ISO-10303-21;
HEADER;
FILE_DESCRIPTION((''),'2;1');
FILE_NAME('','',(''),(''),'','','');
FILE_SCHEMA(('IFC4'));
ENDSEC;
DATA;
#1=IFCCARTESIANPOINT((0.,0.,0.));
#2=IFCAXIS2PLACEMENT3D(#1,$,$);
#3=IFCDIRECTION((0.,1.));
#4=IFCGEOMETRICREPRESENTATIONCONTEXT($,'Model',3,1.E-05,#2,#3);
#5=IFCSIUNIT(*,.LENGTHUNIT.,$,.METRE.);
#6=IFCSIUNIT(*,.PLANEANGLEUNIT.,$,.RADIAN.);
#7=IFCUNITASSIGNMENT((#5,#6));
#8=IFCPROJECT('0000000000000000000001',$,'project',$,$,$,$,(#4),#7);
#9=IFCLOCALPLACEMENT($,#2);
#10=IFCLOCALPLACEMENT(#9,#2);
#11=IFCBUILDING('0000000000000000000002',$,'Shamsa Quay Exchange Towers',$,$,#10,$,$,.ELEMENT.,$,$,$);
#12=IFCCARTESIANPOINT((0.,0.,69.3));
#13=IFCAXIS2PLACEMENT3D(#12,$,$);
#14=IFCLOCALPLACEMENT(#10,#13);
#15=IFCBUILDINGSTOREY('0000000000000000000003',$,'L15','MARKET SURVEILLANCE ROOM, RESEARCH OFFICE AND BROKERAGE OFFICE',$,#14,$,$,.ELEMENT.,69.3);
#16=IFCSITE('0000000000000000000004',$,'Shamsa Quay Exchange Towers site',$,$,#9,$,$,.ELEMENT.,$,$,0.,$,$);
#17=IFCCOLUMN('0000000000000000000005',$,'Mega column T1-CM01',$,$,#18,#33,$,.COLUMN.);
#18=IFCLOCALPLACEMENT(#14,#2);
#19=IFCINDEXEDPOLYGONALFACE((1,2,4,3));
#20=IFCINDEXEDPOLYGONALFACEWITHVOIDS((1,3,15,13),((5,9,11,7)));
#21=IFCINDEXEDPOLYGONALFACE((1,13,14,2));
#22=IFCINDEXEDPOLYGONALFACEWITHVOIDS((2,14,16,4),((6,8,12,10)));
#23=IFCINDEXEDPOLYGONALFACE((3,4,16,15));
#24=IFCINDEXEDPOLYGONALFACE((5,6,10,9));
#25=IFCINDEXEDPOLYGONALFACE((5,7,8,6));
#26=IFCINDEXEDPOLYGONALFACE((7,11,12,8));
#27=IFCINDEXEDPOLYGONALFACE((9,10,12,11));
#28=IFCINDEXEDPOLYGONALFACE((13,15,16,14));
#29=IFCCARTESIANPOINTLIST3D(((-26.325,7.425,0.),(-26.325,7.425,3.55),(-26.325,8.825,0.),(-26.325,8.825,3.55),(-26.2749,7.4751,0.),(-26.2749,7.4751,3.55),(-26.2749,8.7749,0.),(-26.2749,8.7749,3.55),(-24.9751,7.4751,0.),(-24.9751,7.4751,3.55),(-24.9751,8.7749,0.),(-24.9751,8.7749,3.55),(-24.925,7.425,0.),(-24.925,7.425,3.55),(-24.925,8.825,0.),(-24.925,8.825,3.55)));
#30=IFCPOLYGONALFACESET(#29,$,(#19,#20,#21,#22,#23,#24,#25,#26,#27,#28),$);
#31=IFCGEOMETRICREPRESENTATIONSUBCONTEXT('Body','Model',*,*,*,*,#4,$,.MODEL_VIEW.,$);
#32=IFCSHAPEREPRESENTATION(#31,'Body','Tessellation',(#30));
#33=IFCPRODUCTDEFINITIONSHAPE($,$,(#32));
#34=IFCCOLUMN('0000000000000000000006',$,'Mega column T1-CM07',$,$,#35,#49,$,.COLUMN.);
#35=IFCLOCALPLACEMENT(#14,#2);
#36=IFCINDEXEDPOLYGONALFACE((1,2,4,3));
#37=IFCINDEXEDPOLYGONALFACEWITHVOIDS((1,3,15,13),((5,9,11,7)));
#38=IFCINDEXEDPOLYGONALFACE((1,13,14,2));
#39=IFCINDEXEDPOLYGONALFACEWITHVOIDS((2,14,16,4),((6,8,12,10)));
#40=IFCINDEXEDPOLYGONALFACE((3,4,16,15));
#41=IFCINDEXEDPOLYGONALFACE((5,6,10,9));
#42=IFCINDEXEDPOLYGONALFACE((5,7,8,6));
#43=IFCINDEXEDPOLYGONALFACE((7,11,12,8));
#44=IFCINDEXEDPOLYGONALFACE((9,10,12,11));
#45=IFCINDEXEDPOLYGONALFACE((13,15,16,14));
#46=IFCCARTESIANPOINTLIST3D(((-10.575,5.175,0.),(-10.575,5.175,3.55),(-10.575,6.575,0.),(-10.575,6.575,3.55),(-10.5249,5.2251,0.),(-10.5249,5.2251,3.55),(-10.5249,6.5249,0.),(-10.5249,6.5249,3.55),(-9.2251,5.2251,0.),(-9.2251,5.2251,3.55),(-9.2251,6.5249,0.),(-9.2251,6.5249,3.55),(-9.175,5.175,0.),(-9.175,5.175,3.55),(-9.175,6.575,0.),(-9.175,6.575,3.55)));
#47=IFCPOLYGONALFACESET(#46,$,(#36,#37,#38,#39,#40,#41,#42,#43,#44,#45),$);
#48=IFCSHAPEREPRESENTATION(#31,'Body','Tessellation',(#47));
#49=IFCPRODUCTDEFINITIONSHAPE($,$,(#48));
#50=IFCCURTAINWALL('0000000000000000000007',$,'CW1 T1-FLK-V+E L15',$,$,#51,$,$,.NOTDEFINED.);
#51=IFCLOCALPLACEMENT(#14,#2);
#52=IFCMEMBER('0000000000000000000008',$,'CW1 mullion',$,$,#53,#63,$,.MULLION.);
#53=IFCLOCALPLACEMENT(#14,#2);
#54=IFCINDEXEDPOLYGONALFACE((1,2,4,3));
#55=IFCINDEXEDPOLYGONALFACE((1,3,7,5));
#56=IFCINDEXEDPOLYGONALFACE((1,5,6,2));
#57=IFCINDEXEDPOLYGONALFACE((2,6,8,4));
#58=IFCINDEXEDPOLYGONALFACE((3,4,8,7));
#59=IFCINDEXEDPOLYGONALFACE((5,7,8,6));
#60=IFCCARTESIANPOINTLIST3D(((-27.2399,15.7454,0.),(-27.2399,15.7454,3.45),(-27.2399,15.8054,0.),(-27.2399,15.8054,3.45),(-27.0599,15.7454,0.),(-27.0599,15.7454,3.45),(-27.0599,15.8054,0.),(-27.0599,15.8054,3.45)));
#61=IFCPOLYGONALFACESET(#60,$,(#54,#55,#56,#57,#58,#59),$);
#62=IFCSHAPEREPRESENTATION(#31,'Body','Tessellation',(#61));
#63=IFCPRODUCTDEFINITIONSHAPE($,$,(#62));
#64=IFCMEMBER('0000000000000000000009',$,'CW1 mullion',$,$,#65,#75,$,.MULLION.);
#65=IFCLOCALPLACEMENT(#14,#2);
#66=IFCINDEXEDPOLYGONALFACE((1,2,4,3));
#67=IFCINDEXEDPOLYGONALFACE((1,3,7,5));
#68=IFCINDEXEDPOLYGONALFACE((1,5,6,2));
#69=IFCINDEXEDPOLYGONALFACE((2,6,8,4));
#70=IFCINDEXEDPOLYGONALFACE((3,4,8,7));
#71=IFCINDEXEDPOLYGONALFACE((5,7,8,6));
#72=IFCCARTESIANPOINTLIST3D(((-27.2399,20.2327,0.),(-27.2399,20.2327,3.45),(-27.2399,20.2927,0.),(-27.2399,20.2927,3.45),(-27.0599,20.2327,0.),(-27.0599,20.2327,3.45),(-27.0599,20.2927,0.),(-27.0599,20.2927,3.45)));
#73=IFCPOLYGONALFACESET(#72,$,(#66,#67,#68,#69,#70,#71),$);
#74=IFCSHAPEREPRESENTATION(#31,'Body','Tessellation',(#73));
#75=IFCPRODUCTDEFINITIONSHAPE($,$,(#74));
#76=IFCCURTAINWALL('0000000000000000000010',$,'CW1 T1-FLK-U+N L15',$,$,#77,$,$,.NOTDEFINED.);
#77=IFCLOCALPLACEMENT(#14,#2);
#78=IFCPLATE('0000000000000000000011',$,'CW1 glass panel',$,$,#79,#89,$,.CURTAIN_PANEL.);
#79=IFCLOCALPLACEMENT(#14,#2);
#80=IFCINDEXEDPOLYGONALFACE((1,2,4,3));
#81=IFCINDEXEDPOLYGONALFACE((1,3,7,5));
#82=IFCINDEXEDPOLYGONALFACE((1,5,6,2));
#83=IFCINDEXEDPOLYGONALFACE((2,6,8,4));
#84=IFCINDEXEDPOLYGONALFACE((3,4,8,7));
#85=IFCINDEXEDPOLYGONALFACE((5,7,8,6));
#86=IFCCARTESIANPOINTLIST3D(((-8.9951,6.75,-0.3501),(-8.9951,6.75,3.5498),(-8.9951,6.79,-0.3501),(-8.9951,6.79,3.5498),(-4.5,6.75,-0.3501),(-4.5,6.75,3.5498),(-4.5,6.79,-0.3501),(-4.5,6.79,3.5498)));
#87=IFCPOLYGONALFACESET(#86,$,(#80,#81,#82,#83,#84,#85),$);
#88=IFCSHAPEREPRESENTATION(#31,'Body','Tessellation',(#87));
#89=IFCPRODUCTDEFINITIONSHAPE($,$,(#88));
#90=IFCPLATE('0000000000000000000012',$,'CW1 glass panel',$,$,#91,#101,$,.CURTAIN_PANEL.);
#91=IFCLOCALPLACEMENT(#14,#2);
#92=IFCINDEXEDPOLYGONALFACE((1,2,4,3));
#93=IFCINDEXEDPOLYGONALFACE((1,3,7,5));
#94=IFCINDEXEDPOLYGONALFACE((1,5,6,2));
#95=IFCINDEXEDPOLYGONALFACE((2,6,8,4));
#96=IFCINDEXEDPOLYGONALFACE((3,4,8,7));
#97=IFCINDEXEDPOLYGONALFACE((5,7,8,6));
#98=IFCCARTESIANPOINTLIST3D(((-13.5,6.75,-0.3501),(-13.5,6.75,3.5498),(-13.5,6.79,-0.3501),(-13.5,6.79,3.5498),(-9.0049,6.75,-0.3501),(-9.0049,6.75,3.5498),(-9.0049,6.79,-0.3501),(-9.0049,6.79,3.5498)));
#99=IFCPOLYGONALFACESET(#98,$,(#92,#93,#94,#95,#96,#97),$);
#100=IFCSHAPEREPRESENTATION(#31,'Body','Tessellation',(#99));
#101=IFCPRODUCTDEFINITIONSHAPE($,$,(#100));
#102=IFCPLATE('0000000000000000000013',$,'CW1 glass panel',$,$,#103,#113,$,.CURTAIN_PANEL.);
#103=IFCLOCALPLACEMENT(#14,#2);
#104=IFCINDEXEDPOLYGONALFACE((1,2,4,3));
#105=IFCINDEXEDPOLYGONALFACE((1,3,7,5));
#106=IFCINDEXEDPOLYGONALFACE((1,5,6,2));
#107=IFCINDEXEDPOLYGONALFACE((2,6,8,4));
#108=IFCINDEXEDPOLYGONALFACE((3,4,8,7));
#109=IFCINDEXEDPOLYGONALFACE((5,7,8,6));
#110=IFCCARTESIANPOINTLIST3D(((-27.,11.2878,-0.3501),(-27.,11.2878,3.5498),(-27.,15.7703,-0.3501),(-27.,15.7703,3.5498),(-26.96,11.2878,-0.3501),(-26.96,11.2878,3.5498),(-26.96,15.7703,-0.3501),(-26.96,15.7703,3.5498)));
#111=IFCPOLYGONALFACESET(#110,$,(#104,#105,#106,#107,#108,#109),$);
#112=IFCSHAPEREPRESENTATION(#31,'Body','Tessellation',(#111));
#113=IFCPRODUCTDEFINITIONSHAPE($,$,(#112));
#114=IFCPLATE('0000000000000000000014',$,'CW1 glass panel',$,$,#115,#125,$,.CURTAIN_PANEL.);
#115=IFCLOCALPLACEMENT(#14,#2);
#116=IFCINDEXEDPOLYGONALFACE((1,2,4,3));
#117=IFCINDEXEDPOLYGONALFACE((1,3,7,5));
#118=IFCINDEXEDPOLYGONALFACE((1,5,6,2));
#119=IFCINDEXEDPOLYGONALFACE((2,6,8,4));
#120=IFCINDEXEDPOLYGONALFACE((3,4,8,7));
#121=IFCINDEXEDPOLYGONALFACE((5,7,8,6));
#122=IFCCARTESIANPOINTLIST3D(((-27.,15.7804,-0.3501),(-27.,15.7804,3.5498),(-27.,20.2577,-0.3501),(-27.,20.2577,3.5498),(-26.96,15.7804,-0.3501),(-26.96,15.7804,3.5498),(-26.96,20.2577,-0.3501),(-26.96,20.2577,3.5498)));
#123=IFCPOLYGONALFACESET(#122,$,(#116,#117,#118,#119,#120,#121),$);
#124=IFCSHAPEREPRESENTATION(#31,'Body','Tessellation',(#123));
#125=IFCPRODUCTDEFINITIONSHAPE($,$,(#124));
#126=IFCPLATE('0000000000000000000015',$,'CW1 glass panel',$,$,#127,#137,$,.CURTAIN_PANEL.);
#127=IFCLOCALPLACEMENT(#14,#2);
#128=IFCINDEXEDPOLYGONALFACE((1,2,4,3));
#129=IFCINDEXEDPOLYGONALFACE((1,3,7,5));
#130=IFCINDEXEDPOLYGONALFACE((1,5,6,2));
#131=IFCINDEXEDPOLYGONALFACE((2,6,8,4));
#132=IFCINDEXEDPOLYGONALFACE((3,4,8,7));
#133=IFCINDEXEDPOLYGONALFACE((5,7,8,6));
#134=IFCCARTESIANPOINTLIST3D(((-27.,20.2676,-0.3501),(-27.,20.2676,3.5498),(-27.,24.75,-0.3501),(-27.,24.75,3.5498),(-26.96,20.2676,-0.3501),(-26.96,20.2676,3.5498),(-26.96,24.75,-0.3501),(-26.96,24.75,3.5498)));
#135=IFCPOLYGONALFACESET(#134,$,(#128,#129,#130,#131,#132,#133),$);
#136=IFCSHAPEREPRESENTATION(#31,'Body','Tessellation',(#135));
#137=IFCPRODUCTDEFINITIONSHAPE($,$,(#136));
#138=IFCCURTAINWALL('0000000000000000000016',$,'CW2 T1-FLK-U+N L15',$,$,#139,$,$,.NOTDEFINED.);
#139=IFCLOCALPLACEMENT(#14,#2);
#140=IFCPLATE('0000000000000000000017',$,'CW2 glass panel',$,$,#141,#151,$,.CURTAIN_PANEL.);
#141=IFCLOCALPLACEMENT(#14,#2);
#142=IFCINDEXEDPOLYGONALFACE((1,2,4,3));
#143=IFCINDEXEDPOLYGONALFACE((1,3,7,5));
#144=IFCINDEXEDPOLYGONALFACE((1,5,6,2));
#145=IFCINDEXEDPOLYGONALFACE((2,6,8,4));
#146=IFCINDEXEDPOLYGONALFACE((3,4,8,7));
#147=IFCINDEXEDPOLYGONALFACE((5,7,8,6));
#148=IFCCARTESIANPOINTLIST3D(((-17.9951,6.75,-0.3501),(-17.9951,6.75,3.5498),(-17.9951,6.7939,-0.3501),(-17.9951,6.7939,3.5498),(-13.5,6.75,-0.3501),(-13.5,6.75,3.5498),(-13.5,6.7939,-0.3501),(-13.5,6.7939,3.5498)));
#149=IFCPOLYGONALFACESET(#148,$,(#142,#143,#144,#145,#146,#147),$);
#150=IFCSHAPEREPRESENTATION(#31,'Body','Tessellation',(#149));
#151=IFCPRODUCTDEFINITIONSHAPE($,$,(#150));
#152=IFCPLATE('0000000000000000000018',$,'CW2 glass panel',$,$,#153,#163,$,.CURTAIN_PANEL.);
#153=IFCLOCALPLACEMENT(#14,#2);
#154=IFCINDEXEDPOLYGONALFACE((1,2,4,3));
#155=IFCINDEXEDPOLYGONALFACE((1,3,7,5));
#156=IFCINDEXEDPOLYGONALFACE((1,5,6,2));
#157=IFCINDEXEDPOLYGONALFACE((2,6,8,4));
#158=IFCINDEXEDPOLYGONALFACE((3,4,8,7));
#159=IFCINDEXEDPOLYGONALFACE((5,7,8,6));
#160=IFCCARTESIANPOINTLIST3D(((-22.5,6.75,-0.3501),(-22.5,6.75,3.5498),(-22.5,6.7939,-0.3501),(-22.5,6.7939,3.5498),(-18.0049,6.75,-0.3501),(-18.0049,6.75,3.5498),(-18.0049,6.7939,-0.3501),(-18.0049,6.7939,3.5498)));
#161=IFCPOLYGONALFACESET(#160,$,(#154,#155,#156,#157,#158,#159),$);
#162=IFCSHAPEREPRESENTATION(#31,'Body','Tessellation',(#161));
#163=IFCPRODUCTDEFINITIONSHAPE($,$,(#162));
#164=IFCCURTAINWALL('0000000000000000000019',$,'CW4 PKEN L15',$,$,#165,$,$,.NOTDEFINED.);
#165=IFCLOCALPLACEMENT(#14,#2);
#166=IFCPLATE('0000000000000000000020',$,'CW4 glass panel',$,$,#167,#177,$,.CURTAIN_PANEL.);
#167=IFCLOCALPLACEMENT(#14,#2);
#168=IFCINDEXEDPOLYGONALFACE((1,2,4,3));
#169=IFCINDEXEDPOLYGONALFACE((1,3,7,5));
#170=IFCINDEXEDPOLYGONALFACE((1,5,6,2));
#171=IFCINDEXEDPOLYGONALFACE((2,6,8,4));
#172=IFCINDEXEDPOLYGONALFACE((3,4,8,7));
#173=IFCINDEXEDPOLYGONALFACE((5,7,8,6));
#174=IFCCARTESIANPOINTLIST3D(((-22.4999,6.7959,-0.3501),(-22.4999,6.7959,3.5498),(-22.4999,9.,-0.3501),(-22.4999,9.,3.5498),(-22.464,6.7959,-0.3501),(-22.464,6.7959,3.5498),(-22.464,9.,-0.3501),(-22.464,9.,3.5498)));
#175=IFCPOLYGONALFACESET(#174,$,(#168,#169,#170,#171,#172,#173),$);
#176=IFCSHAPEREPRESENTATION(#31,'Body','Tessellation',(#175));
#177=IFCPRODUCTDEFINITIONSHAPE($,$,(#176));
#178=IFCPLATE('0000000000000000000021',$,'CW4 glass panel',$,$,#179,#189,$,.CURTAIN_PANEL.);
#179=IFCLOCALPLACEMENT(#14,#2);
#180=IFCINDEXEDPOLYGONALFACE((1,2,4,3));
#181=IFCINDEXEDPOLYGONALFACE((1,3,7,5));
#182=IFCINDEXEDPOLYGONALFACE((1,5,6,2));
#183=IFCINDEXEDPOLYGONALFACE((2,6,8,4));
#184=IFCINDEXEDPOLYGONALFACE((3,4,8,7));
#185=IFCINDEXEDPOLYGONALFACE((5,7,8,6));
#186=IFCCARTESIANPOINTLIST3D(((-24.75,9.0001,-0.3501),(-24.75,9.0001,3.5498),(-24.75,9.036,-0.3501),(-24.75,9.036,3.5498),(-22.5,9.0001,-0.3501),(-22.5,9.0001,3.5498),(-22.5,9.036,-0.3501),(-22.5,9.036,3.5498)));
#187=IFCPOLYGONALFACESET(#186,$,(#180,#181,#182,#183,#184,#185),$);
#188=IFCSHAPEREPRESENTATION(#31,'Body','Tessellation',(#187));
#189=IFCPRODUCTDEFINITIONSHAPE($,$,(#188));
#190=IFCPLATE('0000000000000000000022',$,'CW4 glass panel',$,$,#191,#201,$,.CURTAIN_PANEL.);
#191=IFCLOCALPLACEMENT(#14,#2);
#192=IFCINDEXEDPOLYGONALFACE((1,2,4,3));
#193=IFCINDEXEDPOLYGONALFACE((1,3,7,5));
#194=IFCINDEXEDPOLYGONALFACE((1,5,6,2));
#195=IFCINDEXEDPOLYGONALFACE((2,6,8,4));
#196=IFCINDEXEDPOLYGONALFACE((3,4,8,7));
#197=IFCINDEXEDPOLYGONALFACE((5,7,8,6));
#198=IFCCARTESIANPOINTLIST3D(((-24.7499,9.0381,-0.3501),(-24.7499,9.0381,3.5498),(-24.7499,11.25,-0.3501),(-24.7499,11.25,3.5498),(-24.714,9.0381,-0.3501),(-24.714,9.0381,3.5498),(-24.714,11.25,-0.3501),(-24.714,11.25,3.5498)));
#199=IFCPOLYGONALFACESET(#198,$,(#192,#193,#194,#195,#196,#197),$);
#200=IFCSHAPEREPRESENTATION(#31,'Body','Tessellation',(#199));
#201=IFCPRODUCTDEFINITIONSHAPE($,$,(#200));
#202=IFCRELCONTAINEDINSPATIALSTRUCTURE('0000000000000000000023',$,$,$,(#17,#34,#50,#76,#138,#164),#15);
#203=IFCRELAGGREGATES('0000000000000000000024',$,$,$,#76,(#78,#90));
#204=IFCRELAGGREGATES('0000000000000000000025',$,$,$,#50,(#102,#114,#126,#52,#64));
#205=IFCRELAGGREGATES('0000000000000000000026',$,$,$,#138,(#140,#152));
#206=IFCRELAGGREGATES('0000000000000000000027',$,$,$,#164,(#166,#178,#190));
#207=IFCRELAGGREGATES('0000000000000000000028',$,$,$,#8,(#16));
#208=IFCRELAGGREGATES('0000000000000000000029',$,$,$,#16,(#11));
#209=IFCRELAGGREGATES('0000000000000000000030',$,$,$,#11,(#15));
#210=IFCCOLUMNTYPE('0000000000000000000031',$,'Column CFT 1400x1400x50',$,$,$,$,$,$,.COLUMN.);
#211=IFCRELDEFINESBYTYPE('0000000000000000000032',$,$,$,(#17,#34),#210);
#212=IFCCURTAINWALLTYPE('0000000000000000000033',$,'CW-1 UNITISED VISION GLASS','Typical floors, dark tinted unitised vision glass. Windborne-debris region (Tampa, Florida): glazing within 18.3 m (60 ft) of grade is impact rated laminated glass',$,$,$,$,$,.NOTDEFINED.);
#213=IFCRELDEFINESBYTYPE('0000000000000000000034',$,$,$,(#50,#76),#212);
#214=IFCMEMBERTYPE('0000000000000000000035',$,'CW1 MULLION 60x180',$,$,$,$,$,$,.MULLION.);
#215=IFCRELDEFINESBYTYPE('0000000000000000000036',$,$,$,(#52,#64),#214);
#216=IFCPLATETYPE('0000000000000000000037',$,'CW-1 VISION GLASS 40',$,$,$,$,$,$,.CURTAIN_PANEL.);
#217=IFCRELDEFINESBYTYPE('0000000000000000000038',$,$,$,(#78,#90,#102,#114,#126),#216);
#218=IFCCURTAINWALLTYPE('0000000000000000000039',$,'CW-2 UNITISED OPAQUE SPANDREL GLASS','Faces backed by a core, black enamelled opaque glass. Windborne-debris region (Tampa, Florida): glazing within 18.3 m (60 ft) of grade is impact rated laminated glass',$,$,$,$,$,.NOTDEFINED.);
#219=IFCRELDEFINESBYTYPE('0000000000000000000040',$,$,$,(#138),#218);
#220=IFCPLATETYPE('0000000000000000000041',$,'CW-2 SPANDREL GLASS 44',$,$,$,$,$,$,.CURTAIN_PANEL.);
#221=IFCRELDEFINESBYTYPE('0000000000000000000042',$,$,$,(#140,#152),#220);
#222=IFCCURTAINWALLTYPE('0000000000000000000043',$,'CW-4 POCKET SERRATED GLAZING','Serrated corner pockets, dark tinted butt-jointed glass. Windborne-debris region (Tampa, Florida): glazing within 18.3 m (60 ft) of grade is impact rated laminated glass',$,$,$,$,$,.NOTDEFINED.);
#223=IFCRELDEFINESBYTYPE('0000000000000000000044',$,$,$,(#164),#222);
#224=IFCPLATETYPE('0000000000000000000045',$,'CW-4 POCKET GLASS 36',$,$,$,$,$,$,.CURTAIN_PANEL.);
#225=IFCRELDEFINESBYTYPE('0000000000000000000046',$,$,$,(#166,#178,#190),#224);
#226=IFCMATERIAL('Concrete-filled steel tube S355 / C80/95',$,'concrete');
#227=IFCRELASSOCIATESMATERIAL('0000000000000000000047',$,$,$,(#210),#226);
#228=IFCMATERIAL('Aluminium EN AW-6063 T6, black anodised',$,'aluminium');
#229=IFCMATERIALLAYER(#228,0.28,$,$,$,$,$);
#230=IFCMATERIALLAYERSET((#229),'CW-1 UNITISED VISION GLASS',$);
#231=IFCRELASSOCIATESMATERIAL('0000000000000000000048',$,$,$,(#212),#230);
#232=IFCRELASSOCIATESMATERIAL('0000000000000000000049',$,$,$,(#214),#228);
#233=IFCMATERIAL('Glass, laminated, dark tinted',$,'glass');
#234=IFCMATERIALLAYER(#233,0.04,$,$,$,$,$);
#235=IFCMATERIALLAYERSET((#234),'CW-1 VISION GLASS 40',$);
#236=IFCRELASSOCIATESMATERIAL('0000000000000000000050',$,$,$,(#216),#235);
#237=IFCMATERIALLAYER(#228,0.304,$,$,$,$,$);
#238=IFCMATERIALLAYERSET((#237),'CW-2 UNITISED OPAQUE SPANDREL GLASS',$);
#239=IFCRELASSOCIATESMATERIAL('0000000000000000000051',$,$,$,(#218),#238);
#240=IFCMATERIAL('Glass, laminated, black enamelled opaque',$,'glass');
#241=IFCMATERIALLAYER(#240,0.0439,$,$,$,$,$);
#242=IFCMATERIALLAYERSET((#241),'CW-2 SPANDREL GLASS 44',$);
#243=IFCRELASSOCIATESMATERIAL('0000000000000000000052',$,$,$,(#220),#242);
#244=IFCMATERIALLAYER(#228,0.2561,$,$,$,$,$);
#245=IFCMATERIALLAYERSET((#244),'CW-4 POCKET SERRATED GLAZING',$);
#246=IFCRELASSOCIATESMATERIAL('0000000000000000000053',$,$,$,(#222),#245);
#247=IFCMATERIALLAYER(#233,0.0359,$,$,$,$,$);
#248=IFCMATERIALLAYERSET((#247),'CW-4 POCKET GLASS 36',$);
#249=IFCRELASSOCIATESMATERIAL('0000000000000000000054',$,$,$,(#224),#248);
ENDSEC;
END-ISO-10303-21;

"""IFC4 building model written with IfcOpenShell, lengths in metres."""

from ifc_helpers import new_model, si_unit, direction, frame, origin, origin_2d, place, context, subcontext, project, spatial, rectangle, hollow_rectangle, extrude, material, layer, layer_set, material_profile, profile_set, type_object, element, aggregate, save


model = new_model("IFC4")

# Units and contexts
model_context = context("Model", 3, precision=1e-05, world=origin(), true_north=direction((0.0, 1.0)))
body_context = subcontext(model_context, "Body", "Model", "MODEL_VIEW")
ifc_project = project(units=[si_unit("LENGTHUNIT", "METRE"), si_unit("PLANEANGLEUNIT", "RADIAN")], contexts=[model_context])

# Site, building, storey
site_placement = place(None, origin())
site = spatial("IfcSite", under=ifc_project, at=site_placement, Name="Shamsa Quay Exchange Towers site", CompositionType="ELEMENT", RefElevation=0.0)
building_placement = place(site_placement, origin())
building = spatial("IfcBuilding", under=site, at=building_placement, Name="Shamsa Quay Exchange Towers", CompositionType="ELEMENT")
storey_placement = place(building_placement, frame((0.0, 0.0, 69.3)))
storey = spatial("IfcBuildingStorey", under=building, at=storey_placement, Name="L15", Description="MARKET SURVEILLANCE ROOM, RESEARCH OFFICE AND BROKERAGE OFFICE", CompositionType="ELEMENT", Elevation=69.3)

# Columns
ifc_material_1 = material(Name="Concrete-filled steel tube S355 / C80/95", Category="concrete")
ifc_material_profile_1 = material_profile(ifc_material_1, hollow_rectangle(XDim=1.3999, YDim=1.3999, WallThickness=0.05, at=origin_2d()), Name="CFT 1400x1400x50")
ifc_profile_set_1 = profile_set([ifc_material_profile_1], Name="Concrete-filled steel tube S355 / C80/95")
column_type = type_object("IfcColumnType", Name="Column CFT 1400x1400x50", PredefinedType="COLUMN", material=ifc_profile_set_1)
for number, where, name in (
    (1, (-25.625, 8.125, 0.0), "Mega column T1-CM01"),
    (2, (-9.875, 5.875, 0.0), "Mega column T1-CM07"),
):
    element("IfcColumn", number, at=place(storey_placement, frame(where)), inside=storey, type_object=column_type, Name=name, PredefinedType="COLUMN", context=body_context, shape_type="SweptSolid", body=[
        extrude(hollow_rectangle(XDim=1.3999, YDim=1.3999, WallThickness=0.05, at=origin_2d()), origin(), (0.0, 0.0, 1.0), 3.55),
    ])

# Curtain wall, members
ifc_material_2 = material(Name="Aluminium EN AW-6063 T6, black anodised", Category="aluminium")
ifc_layer_1 = layer(ifc_material_2, 0.28)
ifc_layer_set_1 = layer_set([ifc_layer_1], Name="CW-1 UNITISED VISION GLASS")
curtain_wall_type_1 = type_object("IfcCurtainWallType", Name="CW-1 UNITISED VISION GLASS", Description="Typical floors, dark tinted unitised vision glass. Windborne-debris region (Tampa, Florida): glazing within 18.3 m (60 ft) of grade is impact rated laminated glass", PredefinedType="NOTDEFINED", material=ifc_layer_set_1)
curtain_wall_1_placement = place(storey_placement, origin())
curtain_wall_1 = element("IfcCurtainWall", 3, at=curtain_wall_1_placement, inside=storey, type_object=curtain_wall_type_1, Name="CW1 T1-FLK-V+E L15", PredefinedType="NOTDEFINED")
ifc_material_profile_2 = material_profile(ifc_material_2, rectangle(XDim=0.1799, YDim=0.0601, at=origin_2d()), Name="MU60x180")
ifc_profile_set_2 = profile_set([ifc_material_profile_2], Name="Aluminium EN AW-6063 T6, black anodised")
member_type = type_object("IfcMemberType", Name="CW1 MULLION 60x180", PredefinedType="MULLION", material=ifc_profile_set_2)
member_1_placement = place(storey_placement, frame((-27.1499, 15.7754, 0.0), z_axis=(0.0, 0.0, 1.0), x_axis=(-1.0, 0.0, 0.0)))
member_1 = element("IfcMember", 4, at=member_1_placement, type_object=member_type, Name="CW1 mullion", PredefinedType="MULLION", context=body_context, shape_type="SweptSolid", body=[
    extrude(rectangle(XDim=0.1799, YDim=0.0601, at=origin_2d()), origin(), (0.0, 0.0, 1.0), 3.45),
])
member_2_placement = place(storey_placement, frame((-27.1499, 20.2627, 0.0), z_axis=(0.0, 0.0, 1.0), x_axis=(-1.0, 0.0, 0.0)))
member_2 = element("IfcMember", 5, at=member_2_placement, type_object=member_type, Name="CW1 mullion", PredefinedType="MULLION", context=body_context, shape_type="SweptSolid", body=[
    extrude(rectangle(XDim=0.1799, YDim=0.0601, at=origin_2d()), origin(), (0.0, 0.0, 1.0), 3.45),
])

# Curtain wall, plates
curtain_wall_2_placement = place(storey_placement, origin())
curtain_wall_2 = element("IfcCurtainWall", 6, at=curtain_wall_2_placement, inside=storey, type_object=curtain_wall_type_1, Name="CW1 T1-FLK-U+N L15", PredefinedType="NOTDEFINED")
ifc_material_3 = material(Name="Glass, laminated, dark tinted", Category="glass")
ifc_layer_2 = layer(ifc_material_3, 0.04)
ifc_layer_set_2 = layer_set([ifc_layer_2], Name="CW-1 VISION GLASS 40")
plate_type_1 = type_object("IfcPlateType", Name="CW-1 VISION GLASS 40", PredefinedType="CURTAIN_PANEL", material=ifc_layer_set_2)
plate_1_placement = place(storey_placement, frame((-6.7476, 6.77, -0.3501), z_axis=(0.0, 0.0, 1.0), x_axis=(-1.0, 0.0, 0.0)))
plate_1 = element("IfcPlate", 7, at=plate_1_placement, type_object=plate_type_1, Name="CW1 glass panel", PredefinedType="CURTAIN_PANEL", context=body_context, shape_type="SweptSolid", body=[
    extrude(rectangle(XDim=4.4951, YDim=0.04, at=origin_2d()), origin(), (0.0, 0.0, 1.0), 3.8999),
])
plate_2_placement = place(storey_placement, frame((-11.2524, 6.77, -0.3501), z_axis=(0.0, 0.0, 1.0), x_axis=(-1.0, 0.0, 0.0)))
plate_2 = element("IfcPlate", 8, at=plate_2_placement, type_object=plate_type_1, Name="CW1 glass panel", PredefinedType="CURTAIN_PANEL", context=body_context, shape_type="SweptSolid", body=[
    extrude(rectangle(XDim=4.4951, YDim=0.04, at=origin_2d()), origin(), (0.0, 0.0, 1.0), 3.8999),
])
aggregate(curtain_wall_2, [plate_1, plate_2])

# Plates
plate_3_placement = place(storey_placement, frame((-26.98, 13.5291, -0.3501), z_axis=(0.0, 0.0, 1.0), x_axis=(0.0, 1.0, 0.0)))
plate_3 = element("IfcPlate", 9, at=plate_3_placement, type_object=plate_type_1, Name="CW1 glass panel", PredefinedType="CURTAIN_PANEL", context=body_context, shape_type="SweptSolid", body=[
    extrude(rectangle(XDim=4.4824, YDim=0.04, at=origin_2d()), origin(), (0.0, 0.0, 1.0), 3.8999),
])
plate_4_placement = place(storey_placement, frame((-26.98, 18.019, -0.3501), z_axis=(0.0, 0.0, 1.0), x_axis=(0.0, 1.0, 0.0)))
plate_4 = element("IfcPlate", 10, at=plate_4_placement, type_object=plate_type_1, Name="CW1 glass panel", PredefinedType="CURTAIN_PANEL", context=body_context, shape_type="SweptSolid", body=[
    extrude(rectangle(XDim=4.4773, YDim=0.04, at=origin_2d()), origin(), (0.0, 0.0, 1.0), 3.8999),
])
plate_5_placement = place(storey_placement, frame((-26.98, 22.5088, -0.3501), z_axis=(0.0, 0.0, 1.0), x_axis=(0.0, 1.0, 0.0)))
plate_5 = element("IfcPlate", 11, at=plate_5_placement, type_object=plate_type_1, Name="CW1 glass panel", PredefinedType="CURTAIN_PANEL", context=body_context, shape_type="SweptSolid", body=[
    extrude(rectangle(XDim=4.4824, YDim=0.04, at=origin_2d()), origin(), (0.0, 0.0, 1.0), 3.8999),
])
aggregate(curtain_wall_1, [plate_3, plate_4, plate_5, member_1, member_2])

# Curtain walls, plates
ifc_layer_3 = layer(ifc_material_2, 0.304)
ifc_layer_set_3 = layer_set([ifc_layer_3], Name="CW-2 UNITISED OPAQUE SPANDREL GLASS")
curtain_wall_type_2 = type_object("IfcCurtainWallType", Name="CW-2 UNITISED OPAQUE SPANDREL GLASS", Description="Faces backed by a core, black enamelled opaque glass. Windborne-debris region (Tampa, Florida): glazing within 18.3 m (60 ft) of grade is impact rated laminated glass", PredefinedType="NOTDEFINED", material=ifc_layer_set_3)
curtain_wall_3_placement = place(storey_placement, origin())
curtain_wall_3 = element("IfcCurtainWall", 12, at=curtain_wall_3_placement, inside=storey, type_object=curtain_wall_type_2, Name="CW2 T1-FLK-U+N L15", PredefinedType="NOTDEFINED")
ifc_material_4 = material(Name="Glass, laminated, black enamelled opaque", Category="glass")
ifc_layer_4 = layer(ifc_material_4, 0.0439)
ifc_layer_set_4 = layer_set([ifc_layer_4], Name="CW-2 SPANDREL GLASS 44")
plate_type_2 = type_object("IfcPlateType", Name="CW-2 SPANDREL GLASS 44", PredefinedType="CURTAIN_PANEL", material=ifc_layer_set_4)
plate_6_placement = place(storey_placement, frame((-15.7476, 6.772, -0.3501), z_axis=(0.0, 0.0, 1.0), x_axis=(-1.0, 0.0, 0.0)))
plate_6 = element("IfcPlate", 13, at=plate_6_placement, type_object=plate_type_2, Name="CW2 glass panel", PredefinedType="CURTAIN_PANEL", context=body_context, shape_type="SweptSolid", body=[
    extrude(rectangle(XDim=4.4951, YDim=0.0439, at=origin_2d()), origin(), (0.0, 0.0, 1.0), 3.8999),
])
plate_7_placement = place(storey_placement, frame((-20.2524, 6.772, -0.3501), z_axis=(0.0, 0.0, 1.0), x_axis=(-1.0, 0.0, 0.0)))
plate_7 = element("IfcPlate", 14, at=plate_7_placement, type_object=plate_type_2, Name="CW2 glass panel", PredefinedType="CURTAIN_PANEL", context=body_context, shape_type="SweptSolid", body=[
    extrude(rectangle(XDim=4.4951, YDim=0.0439, at=origin_2d()), origin(), (0.0, 0.0, 1.0), 3.8999),
])
aggregate(curtain_wall_3, [plate_6, plate_7])
ifc_layer_5 = layer(ifc_material_2, 0.2561)
ifc_layer_set_5 = layer_set([ifc_layer_5], Name="CW-4 POCKET SERRATED GLAZING")
curtain_wall_type_3 = type_object("IfcCurtainWallType", Name="CW-4 POCKET SERRATED GLAZING", Description="Serrated corner pockets, dark tinted butt-jointed glass. Windborne-debris region (Tampa, Florida): glazing within 18.3 m (60 ft) of grade is impact rated laminated glass", PredefinedType="NOTDEFINED", material=ifc_layer_set_5)
curtain_wall_4_placement = place(storey_placement, origin())
curtain_wall_4 = element("IfcCurtainWall", 15, at=curtain_wall_4_placement, inside=storey, type_object=curtain_wall_type_3, Name="CW4 PKEN L15", PredefinedType="NOTDEFINED")
ifc_layer_6 = layer(ifc_material_3, 0.0359)
ifc_layer_set_6 = layer_set([ifc_layer_6], Name="CW-4 POCKET GLASS 36")
plate_type_3 = type_object("IfcPlateType", Name="CW-4 POCKET GLASS 36", PredefinedType="CURTAIN_PANEL", material=ifc_layer_set_6)
plate_8_placement = place(storey_placement, frame((-22.4819, 7.8979, -0.3501), z_axis=(0.0, 0.0, 1.0), x_axis=(0.0, 1.0, 0.0)))
plate_8 = element("IfcPlate", 16, at=plate_8_placement, type_object=plate_type_3, Name="CW4 glass panel", PredefinedType="CURTAIN_PANEL", context=body_context, shape_type="SweptSolid", body=[
    extrude(rectangle(XDim=2.2041, YDim=0.0359, at=origin_2d()), origin(), (0.0, 0.0, 1.0), 3.8999),
])
plate_9_placement = place(storey_placement, frame((-23.625, 9.0181, -0.3501), z_axis=(0.0, 0.0, 1.0), x_axis=(-1.0, 0.0, 0.0)))
plate_9 = element("IfcPlate", 17, at=plate_9_placement, type_object=plate_type_3, Name="CW4 glass panel", PredefinedType="CURTAIN_PANEL", context=body_context, shape_type="SweptSolid", body=[
    extrude(rectangle(XDim=2.25, YDim=0.0359, at=origin_2d()), origin(), (0.0, 0.0, 1.0), 3.8999),
])
plate_10_placement = place(storey_placement, frame((-24.7319, 10.144, -0.3501), z_axis=(0.0, 0.0, 1.0), x_axis=(0.0, 1.0, 0.0)))
plate_10 = element("IfcPlate", 18, at=plate_10_placement, type_object=plate_type_3, Name="CW4 glass panel", PredefinedType="CURTAIN_PANEL", context=body_context, shape_type="SweptSolid", body=[
    extrude(rectangle(XDim=2.2119, YDim=0.0359, at=origin_2d()), origin(), (0.0, 0.0, 1.0), 3.8999),
])
aggregate(curtain_wall_4, [plate_8, plate_9, plate_10])

save(model, "model.ifc")
